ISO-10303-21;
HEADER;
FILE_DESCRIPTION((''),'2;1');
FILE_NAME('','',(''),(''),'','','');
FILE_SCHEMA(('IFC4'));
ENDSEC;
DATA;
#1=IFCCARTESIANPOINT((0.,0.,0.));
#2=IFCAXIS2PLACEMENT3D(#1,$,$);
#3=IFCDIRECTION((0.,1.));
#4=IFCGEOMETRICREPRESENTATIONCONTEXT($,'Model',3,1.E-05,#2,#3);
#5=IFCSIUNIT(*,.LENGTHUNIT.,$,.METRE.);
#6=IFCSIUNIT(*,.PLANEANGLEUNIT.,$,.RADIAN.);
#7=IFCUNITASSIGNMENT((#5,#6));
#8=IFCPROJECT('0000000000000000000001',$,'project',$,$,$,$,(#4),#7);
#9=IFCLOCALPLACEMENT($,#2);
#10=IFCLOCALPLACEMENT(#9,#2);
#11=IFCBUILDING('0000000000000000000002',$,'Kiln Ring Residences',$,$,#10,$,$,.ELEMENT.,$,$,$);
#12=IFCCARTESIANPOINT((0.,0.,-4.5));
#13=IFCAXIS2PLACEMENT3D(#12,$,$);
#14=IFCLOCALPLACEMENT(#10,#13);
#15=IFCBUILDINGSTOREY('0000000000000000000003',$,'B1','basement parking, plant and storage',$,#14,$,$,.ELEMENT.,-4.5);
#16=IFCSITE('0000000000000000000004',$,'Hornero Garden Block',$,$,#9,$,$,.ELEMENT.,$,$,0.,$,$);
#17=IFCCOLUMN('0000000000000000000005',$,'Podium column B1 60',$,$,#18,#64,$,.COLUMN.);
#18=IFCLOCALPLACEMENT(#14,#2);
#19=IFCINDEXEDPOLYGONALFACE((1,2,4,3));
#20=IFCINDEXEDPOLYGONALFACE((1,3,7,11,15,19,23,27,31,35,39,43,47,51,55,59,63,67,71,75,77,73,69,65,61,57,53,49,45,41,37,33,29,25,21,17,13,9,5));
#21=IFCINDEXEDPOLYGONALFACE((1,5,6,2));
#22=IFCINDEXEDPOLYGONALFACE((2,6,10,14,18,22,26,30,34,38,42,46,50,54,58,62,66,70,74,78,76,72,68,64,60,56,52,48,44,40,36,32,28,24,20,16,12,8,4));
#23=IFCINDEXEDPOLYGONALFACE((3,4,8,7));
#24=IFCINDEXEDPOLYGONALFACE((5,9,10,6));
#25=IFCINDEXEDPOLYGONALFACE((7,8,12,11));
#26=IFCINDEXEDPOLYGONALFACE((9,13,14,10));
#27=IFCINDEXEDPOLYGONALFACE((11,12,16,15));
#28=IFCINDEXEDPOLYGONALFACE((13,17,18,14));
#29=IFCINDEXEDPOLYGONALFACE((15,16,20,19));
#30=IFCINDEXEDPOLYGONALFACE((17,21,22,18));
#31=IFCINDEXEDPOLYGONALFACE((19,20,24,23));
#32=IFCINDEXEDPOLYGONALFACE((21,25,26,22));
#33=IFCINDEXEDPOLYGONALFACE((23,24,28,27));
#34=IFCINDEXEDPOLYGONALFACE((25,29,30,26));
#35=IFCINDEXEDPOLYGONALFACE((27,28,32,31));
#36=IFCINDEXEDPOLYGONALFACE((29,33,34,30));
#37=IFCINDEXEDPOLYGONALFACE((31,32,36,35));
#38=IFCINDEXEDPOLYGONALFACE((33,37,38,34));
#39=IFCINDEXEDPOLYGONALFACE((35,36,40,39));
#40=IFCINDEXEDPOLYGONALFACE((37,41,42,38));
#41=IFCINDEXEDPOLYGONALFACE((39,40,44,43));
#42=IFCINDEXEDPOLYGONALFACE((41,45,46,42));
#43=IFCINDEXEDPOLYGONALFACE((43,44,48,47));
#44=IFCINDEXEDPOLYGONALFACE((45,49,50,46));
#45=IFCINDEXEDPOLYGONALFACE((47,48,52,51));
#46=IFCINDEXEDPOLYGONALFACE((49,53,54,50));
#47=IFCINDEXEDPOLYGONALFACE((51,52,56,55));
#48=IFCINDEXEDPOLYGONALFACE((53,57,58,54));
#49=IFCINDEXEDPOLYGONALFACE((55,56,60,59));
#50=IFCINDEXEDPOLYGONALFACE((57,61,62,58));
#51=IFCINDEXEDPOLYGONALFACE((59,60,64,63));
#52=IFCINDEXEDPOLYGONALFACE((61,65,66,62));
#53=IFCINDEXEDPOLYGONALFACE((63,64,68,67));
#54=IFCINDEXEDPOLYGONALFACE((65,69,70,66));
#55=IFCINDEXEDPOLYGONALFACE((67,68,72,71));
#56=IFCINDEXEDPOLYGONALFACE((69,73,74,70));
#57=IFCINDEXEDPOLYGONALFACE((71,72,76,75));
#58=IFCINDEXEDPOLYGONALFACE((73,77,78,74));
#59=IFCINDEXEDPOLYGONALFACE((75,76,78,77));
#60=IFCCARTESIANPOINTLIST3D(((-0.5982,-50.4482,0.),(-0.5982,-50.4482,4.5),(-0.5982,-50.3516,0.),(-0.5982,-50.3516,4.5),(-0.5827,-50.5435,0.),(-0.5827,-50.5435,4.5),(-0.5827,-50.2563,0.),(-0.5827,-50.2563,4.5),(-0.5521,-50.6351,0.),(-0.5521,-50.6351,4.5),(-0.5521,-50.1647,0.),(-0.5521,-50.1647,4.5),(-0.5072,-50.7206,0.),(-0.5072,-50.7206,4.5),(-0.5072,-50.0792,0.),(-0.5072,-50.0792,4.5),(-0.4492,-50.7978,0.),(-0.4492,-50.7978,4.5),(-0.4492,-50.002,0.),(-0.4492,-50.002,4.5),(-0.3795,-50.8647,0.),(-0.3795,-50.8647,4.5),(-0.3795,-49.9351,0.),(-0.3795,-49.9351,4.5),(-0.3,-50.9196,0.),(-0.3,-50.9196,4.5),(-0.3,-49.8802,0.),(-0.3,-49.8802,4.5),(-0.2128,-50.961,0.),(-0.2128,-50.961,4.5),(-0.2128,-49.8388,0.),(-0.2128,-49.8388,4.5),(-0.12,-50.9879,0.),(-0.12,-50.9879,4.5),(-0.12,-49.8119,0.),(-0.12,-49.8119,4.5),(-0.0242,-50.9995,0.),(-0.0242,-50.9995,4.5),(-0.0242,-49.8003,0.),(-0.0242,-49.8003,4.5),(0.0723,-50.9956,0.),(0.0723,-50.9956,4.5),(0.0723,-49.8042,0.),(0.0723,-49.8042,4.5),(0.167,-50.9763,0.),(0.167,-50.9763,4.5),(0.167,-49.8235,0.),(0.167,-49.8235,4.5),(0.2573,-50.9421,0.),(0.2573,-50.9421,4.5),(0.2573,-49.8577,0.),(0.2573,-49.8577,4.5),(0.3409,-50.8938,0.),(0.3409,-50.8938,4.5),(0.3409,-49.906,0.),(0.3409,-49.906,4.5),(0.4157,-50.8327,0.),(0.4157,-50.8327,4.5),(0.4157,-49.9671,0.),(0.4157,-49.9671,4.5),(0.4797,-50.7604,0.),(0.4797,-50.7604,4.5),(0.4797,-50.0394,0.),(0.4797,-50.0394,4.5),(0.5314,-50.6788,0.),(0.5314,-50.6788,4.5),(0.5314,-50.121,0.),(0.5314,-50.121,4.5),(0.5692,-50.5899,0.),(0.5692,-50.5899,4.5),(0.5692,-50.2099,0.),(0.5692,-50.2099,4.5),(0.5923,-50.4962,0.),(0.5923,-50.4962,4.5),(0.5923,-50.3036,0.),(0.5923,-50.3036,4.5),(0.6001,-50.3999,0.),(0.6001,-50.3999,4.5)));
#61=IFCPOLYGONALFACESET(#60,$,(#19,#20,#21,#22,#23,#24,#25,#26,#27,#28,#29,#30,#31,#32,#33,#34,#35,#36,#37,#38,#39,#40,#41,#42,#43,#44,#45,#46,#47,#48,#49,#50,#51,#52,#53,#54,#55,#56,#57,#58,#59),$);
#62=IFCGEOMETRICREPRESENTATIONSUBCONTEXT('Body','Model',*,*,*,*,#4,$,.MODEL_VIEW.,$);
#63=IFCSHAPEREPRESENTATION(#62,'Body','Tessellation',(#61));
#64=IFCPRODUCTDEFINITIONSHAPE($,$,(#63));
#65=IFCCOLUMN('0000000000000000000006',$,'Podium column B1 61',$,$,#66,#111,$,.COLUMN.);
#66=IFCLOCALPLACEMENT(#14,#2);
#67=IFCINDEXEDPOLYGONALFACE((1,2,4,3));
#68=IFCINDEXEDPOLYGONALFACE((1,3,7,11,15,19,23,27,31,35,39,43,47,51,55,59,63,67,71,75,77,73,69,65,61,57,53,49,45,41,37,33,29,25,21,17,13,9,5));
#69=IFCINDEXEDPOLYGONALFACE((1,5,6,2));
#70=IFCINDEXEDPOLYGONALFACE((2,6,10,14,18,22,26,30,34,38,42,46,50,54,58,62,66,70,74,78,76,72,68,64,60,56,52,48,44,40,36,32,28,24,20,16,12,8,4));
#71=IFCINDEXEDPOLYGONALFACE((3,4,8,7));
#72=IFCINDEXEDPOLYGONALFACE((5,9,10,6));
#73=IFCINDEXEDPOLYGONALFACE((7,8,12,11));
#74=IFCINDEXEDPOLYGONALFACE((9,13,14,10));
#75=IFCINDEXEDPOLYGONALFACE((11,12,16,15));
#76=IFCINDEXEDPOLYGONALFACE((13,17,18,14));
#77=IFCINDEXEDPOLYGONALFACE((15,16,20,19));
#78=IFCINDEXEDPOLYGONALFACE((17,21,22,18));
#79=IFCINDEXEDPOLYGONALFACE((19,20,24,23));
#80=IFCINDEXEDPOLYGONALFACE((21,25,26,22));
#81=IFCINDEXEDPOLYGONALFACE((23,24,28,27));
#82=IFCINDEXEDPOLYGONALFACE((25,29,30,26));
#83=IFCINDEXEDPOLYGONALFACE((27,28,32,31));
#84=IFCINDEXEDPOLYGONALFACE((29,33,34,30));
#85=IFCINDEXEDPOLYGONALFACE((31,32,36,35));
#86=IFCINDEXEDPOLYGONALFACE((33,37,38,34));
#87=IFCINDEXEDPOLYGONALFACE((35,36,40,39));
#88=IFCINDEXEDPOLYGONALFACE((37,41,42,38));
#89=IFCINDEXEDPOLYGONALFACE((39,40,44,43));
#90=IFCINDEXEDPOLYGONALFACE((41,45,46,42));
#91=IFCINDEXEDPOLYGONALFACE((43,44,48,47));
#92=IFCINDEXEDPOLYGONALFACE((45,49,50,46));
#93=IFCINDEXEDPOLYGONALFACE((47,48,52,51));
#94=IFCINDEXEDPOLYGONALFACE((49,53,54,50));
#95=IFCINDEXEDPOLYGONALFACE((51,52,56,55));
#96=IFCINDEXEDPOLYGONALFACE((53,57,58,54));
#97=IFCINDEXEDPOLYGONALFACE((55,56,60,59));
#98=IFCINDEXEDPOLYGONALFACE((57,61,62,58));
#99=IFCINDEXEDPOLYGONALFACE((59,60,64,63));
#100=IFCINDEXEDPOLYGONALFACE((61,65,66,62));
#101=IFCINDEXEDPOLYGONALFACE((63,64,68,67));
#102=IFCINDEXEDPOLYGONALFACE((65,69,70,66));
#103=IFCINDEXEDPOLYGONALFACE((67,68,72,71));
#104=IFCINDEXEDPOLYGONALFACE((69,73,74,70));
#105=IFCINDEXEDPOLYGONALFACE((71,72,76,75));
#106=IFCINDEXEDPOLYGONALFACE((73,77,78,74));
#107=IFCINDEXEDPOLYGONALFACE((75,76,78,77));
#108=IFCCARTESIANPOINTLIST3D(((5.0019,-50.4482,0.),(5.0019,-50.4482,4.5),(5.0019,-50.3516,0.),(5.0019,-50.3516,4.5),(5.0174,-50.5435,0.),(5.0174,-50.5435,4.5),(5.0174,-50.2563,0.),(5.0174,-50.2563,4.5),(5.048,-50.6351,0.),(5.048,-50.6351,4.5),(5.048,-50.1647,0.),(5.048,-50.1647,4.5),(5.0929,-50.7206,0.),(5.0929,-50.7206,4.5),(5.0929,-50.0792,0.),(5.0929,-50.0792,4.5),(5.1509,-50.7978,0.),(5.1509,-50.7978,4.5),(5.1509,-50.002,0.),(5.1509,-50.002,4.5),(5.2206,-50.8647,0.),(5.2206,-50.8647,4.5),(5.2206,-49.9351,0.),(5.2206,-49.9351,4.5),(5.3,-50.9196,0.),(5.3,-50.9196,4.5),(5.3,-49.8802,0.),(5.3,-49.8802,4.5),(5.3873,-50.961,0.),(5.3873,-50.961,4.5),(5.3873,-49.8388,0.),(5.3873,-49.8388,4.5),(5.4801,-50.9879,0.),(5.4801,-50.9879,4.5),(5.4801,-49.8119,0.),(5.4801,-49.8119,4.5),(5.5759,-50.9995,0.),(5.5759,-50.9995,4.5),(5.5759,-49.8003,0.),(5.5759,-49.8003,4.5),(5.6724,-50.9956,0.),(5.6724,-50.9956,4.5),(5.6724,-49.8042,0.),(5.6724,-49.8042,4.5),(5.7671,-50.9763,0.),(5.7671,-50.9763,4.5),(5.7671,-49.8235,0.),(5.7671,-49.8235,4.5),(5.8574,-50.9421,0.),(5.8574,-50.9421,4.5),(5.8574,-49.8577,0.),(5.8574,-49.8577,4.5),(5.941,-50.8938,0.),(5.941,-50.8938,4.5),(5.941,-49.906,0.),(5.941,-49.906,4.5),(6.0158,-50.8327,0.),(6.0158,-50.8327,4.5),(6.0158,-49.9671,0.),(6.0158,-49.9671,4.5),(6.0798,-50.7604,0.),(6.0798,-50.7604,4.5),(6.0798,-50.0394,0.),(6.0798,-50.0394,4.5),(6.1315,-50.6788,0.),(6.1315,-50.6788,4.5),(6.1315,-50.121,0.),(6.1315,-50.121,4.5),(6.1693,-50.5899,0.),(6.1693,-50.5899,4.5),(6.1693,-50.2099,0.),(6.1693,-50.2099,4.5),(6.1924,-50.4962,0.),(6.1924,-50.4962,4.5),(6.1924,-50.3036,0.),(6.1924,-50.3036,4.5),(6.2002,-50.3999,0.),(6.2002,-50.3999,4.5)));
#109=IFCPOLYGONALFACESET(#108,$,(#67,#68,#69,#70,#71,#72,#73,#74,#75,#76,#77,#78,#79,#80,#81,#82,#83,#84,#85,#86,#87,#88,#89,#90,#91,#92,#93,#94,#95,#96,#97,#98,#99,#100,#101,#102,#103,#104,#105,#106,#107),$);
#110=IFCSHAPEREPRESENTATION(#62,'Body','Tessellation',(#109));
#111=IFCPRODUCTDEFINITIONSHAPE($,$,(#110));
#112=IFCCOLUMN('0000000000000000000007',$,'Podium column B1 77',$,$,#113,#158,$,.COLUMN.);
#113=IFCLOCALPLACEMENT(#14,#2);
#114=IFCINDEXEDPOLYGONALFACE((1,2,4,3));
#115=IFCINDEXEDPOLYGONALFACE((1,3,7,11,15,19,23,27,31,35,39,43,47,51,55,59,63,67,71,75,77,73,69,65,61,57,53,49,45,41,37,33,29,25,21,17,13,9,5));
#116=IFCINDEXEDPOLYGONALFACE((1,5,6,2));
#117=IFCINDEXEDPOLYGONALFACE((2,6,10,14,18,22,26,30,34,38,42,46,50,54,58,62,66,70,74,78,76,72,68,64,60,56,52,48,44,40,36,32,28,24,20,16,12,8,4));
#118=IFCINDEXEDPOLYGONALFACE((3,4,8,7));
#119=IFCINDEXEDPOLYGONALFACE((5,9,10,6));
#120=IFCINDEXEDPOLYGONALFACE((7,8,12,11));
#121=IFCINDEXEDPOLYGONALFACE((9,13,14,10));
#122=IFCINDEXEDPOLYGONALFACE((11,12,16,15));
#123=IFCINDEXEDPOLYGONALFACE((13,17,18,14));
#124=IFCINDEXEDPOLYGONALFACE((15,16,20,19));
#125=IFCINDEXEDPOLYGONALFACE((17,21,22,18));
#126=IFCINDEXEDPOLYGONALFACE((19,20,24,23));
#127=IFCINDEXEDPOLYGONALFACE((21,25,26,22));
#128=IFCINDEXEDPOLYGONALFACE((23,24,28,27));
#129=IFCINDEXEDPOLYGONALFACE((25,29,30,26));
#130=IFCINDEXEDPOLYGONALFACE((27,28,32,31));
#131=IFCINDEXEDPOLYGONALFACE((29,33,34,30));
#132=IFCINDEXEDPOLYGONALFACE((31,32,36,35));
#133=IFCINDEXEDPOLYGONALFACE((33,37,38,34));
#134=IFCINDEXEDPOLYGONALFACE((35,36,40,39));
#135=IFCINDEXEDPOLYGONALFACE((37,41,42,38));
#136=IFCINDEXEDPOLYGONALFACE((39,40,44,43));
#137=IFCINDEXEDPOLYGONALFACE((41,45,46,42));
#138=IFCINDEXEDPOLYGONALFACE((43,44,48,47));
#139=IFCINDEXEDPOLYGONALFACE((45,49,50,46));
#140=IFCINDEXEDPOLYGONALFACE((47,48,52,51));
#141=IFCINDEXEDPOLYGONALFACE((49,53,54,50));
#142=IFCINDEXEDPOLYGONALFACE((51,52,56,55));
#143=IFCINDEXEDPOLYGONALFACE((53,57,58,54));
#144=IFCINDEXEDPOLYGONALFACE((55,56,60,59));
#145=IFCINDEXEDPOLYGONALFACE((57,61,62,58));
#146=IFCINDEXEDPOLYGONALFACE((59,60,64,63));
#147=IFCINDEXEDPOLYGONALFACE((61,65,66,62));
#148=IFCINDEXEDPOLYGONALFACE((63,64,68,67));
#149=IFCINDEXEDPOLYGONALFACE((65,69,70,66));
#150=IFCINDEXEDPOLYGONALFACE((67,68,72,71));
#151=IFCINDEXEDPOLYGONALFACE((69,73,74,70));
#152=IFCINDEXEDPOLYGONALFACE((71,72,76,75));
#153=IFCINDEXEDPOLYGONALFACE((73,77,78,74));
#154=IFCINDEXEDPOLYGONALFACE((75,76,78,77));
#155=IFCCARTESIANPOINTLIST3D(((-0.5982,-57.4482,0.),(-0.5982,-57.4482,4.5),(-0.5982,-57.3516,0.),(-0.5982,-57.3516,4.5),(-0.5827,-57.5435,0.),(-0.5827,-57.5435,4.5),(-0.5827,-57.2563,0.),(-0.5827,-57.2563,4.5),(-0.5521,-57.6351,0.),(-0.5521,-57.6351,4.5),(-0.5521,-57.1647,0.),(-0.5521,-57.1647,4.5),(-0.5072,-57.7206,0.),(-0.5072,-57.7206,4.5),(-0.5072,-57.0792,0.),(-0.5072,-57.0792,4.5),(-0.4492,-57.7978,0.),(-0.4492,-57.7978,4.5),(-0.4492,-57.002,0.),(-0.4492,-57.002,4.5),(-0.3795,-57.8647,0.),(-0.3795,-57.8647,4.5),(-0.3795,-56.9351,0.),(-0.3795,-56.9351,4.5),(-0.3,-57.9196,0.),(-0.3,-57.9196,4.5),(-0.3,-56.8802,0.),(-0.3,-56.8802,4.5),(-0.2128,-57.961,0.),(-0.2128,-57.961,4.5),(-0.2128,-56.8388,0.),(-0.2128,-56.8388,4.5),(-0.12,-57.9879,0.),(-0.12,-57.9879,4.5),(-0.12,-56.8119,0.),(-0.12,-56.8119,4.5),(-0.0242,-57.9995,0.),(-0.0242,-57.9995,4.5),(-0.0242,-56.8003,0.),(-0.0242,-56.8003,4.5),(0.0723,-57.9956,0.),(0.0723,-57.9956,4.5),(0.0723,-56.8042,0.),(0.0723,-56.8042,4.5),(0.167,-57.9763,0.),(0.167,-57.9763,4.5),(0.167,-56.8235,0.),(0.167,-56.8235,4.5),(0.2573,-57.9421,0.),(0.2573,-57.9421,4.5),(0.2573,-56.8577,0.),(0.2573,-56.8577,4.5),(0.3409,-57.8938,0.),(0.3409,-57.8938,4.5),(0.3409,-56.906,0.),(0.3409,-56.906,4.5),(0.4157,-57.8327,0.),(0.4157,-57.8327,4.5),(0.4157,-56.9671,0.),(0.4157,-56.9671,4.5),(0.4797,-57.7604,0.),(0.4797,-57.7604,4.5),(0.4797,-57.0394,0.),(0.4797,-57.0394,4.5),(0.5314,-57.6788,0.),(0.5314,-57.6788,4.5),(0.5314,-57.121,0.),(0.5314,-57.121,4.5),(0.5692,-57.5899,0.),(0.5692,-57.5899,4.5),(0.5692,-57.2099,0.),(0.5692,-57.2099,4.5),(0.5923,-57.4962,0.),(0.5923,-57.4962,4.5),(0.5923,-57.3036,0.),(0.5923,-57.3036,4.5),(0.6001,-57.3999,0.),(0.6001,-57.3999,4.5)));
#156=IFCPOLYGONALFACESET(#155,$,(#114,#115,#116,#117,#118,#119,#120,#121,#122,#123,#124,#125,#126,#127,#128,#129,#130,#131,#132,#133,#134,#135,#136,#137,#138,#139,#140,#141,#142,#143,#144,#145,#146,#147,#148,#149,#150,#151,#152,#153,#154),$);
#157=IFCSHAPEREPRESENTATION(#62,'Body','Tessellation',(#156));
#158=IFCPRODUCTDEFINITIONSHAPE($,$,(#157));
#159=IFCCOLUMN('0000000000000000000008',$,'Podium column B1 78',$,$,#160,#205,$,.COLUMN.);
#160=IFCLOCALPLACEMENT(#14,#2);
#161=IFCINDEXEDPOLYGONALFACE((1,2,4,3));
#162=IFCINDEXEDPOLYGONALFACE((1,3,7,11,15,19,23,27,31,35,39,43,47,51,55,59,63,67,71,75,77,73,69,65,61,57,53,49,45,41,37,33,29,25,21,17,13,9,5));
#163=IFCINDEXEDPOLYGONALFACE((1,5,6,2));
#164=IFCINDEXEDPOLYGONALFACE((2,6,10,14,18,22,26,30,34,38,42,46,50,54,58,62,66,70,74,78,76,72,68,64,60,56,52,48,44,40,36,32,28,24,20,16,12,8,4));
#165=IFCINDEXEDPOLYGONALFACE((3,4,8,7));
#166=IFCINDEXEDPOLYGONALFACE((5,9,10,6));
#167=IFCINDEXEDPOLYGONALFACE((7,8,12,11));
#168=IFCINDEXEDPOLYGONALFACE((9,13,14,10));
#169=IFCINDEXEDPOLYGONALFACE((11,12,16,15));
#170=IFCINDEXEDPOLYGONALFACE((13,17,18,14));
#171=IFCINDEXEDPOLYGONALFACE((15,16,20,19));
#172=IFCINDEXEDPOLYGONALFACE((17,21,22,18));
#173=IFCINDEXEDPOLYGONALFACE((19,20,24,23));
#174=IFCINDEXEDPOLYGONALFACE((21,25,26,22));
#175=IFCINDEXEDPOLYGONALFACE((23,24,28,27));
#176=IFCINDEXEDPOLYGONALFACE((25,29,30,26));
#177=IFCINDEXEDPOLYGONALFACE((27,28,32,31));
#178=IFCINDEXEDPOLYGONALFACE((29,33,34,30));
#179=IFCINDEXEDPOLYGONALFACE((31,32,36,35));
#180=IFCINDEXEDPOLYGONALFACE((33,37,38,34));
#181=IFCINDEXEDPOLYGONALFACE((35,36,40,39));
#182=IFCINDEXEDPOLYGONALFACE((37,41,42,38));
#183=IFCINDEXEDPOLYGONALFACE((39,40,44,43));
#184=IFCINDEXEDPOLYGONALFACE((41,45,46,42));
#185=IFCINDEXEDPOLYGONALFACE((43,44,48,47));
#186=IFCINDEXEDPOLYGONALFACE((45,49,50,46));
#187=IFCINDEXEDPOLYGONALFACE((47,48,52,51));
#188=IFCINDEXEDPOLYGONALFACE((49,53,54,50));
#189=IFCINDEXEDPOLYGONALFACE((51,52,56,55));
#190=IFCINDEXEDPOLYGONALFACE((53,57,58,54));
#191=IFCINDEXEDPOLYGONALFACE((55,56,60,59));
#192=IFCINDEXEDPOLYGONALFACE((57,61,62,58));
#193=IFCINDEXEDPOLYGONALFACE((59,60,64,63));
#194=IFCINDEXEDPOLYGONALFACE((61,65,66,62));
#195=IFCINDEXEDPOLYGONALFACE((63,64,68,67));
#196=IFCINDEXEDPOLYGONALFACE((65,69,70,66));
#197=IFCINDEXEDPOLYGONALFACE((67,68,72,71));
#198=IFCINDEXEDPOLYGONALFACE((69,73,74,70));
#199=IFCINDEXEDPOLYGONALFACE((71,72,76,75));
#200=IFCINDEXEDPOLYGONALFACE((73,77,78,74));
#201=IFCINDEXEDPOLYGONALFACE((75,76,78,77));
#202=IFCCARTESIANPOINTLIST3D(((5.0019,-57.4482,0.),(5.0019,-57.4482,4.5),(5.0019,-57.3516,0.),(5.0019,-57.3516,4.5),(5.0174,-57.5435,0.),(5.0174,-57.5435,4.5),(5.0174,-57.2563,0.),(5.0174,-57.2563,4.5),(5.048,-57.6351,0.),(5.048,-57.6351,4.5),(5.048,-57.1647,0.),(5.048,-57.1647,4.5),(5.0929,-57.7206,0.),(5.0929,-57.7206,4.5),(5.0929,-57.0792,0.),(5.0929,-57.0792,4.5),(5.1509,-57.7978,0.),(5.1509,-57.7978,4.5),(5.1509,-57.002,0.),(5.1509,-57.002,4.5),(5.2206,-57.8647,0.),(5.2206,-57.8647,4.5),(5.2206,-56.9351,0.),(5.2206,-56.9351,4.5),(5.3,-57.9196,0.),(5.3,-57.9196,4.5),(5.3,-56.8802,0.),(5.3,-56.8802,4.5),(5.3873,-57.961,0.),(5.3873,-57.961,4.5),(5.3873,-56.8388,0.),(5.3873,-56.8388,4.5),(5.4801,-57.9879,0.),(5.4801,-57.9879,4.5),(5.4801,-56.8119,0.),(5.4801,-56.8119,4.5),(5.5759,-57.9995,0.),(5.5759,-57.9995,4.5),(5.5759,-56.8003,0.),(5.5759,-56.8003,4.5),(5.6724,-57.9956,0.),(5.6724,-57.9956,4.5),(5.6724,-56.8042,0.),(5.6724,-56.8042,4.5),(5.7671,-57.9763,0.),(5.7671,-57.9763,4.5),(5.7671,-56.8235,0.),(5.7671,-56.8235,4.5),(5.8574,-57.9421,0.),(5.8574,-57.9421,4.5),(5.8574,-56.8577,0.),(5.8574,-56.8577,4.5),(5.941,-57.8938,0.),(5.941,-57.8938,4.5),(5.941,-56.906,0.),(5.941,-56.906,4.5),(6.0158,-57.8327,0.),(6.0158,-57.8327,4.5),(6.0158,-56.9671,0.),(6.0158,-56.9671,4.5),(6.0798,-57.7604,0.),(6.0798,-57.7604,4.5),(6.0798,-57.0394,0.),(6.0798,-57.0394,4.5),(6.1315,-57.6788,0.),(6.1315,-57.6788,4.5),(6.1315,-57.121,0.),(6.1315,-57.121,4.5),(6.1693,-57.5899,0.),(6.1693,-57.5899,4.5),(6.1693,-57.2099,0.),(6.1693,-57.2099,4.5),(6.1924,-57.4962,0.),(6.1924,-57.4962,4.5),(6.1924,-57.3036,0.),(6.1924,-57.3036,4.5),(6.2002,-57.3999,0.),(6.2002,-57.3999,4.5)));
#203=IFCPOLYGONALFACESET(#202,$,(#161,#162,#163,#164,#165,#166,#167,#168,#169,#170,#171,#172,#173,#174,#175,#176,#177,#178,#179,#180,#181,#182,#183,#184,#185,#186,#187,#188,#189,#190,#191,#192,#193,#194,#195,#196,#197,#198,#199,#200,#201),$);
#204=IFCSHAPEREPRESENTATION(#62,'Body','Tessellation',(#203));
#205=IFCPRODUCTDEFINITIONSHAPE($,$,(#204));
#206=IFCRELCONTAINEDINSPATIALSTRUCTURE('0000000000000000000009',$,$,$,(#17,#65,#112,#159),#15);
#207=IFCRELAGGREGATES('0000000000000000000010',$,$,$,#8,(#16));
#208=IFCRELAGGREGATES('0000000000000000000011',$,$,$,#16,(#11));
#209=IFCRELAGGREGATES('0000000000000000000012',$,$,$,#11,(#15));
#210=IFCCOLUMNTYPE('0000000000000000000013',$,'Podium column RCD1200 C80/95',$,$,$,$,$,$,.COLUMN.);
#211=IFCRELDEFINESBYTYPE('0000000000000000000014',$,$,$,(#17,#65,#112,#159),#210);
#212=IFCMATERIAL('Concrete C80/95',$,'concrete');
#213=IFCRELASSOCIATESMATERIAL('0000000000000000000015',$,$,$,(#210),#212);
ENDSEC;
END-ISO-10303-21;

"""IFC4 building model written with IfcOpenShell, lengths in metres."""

from ifc_helpers import new_model, si_unit, direction, frame, origin, origin_2d, place, context, subcontext, project, spatial, circle, extrude, material, material_profile, profile_set, type_object, element, save


model = new_model("IFC4")

# Units and contexts
model_context = context("Model", 3, precision=1e-05, world=origin(), true_north=direction((0.0, 1.0)))
body_context = subcontext(model_context, "Body", "Model", "MODEL_VIEW")
ifc_project = project(units=[si_unit("LENGTHUNIT", "METRE"), si_unit("PLANEANGLEUNIT", "RADIAN")], contexts=[model_context])

# Site, building, storey
site_placement = place(None, origin())
site = spatial("IfcSite", under=ifc_project, at=site_placement, Name="Hornero Garden Block", CompositionType="ELEMENT", RefElevation=0.0)
building_placement = place(site_placement, origin())
building = spatial("IfcBuilding", under=site, at=building_placement, Name="Kiln Ring Residences", CompositionType="ELEMENT")
storey_placement = place(building_placement, frame((0.0, 0.0, -4.5)))
storey = spatial("IfcBuildingStorey", under=building, at=storey_placement, Name="B1", Description="basement parking, plant and storage", CompositionType="ELEMENT", Elevation=-4.5)

# Columns
ifc_material_1 = material(Name="Concrete C80/95", Category="concrete")
ifc_material_profile_1 = material_profile(ifc_material_1, circle(Radius=0.6001, at=origin_2d()), Name="RCD1200")
ifc_profile_set_1 = profile_set([ifc_material_profile_1], Name="Concrete C80/95")
column_type = type_object("IfcColumnType", Name="Podium column RCD1200 C80/95", PredefinedType="COLUMN", material=ifc_profile_set_1)
for number, where, z_axis, x_axis, name in (
    (1, (0.0, -50.3999, 0.0), (0.0, 0.0, 1.0), (1.0, 0.0, 0.0), "Podium column B1 60"),
    (2, (5.6001, -50.3999, 0.0), (0.0, 0.0, 1.0), (1.0, 0.0, 0.0), "Podium column B1 61"),
    (3, (0.0, -57.3999, 0.0), (0.0, 0.0, 1.0), (1.0, 0.0, 0.0), "Podium column B1 77"),
    (4, (5.6001, -57.3999, 0.0), (0.0, 0.0, 1.0), (1.0, 0.0, 0.0), "Podium column B1 78"),
):
    element("IfcColumn", number, at=place(storey_placement, frame(where, z_axis=z_axis, x_axis=x_axis)), inside=storey, type_object=column_type, Name=name, PredefinedType="COLUMN", context=body_context, shape_type="SweptSolid", body=[
        extrude(circle(Radius=0.6001, at=origin_2d()), origin(), (0.0, 0.0, 1.0), 4.5),
    ])

save(model, "model.ifc")
